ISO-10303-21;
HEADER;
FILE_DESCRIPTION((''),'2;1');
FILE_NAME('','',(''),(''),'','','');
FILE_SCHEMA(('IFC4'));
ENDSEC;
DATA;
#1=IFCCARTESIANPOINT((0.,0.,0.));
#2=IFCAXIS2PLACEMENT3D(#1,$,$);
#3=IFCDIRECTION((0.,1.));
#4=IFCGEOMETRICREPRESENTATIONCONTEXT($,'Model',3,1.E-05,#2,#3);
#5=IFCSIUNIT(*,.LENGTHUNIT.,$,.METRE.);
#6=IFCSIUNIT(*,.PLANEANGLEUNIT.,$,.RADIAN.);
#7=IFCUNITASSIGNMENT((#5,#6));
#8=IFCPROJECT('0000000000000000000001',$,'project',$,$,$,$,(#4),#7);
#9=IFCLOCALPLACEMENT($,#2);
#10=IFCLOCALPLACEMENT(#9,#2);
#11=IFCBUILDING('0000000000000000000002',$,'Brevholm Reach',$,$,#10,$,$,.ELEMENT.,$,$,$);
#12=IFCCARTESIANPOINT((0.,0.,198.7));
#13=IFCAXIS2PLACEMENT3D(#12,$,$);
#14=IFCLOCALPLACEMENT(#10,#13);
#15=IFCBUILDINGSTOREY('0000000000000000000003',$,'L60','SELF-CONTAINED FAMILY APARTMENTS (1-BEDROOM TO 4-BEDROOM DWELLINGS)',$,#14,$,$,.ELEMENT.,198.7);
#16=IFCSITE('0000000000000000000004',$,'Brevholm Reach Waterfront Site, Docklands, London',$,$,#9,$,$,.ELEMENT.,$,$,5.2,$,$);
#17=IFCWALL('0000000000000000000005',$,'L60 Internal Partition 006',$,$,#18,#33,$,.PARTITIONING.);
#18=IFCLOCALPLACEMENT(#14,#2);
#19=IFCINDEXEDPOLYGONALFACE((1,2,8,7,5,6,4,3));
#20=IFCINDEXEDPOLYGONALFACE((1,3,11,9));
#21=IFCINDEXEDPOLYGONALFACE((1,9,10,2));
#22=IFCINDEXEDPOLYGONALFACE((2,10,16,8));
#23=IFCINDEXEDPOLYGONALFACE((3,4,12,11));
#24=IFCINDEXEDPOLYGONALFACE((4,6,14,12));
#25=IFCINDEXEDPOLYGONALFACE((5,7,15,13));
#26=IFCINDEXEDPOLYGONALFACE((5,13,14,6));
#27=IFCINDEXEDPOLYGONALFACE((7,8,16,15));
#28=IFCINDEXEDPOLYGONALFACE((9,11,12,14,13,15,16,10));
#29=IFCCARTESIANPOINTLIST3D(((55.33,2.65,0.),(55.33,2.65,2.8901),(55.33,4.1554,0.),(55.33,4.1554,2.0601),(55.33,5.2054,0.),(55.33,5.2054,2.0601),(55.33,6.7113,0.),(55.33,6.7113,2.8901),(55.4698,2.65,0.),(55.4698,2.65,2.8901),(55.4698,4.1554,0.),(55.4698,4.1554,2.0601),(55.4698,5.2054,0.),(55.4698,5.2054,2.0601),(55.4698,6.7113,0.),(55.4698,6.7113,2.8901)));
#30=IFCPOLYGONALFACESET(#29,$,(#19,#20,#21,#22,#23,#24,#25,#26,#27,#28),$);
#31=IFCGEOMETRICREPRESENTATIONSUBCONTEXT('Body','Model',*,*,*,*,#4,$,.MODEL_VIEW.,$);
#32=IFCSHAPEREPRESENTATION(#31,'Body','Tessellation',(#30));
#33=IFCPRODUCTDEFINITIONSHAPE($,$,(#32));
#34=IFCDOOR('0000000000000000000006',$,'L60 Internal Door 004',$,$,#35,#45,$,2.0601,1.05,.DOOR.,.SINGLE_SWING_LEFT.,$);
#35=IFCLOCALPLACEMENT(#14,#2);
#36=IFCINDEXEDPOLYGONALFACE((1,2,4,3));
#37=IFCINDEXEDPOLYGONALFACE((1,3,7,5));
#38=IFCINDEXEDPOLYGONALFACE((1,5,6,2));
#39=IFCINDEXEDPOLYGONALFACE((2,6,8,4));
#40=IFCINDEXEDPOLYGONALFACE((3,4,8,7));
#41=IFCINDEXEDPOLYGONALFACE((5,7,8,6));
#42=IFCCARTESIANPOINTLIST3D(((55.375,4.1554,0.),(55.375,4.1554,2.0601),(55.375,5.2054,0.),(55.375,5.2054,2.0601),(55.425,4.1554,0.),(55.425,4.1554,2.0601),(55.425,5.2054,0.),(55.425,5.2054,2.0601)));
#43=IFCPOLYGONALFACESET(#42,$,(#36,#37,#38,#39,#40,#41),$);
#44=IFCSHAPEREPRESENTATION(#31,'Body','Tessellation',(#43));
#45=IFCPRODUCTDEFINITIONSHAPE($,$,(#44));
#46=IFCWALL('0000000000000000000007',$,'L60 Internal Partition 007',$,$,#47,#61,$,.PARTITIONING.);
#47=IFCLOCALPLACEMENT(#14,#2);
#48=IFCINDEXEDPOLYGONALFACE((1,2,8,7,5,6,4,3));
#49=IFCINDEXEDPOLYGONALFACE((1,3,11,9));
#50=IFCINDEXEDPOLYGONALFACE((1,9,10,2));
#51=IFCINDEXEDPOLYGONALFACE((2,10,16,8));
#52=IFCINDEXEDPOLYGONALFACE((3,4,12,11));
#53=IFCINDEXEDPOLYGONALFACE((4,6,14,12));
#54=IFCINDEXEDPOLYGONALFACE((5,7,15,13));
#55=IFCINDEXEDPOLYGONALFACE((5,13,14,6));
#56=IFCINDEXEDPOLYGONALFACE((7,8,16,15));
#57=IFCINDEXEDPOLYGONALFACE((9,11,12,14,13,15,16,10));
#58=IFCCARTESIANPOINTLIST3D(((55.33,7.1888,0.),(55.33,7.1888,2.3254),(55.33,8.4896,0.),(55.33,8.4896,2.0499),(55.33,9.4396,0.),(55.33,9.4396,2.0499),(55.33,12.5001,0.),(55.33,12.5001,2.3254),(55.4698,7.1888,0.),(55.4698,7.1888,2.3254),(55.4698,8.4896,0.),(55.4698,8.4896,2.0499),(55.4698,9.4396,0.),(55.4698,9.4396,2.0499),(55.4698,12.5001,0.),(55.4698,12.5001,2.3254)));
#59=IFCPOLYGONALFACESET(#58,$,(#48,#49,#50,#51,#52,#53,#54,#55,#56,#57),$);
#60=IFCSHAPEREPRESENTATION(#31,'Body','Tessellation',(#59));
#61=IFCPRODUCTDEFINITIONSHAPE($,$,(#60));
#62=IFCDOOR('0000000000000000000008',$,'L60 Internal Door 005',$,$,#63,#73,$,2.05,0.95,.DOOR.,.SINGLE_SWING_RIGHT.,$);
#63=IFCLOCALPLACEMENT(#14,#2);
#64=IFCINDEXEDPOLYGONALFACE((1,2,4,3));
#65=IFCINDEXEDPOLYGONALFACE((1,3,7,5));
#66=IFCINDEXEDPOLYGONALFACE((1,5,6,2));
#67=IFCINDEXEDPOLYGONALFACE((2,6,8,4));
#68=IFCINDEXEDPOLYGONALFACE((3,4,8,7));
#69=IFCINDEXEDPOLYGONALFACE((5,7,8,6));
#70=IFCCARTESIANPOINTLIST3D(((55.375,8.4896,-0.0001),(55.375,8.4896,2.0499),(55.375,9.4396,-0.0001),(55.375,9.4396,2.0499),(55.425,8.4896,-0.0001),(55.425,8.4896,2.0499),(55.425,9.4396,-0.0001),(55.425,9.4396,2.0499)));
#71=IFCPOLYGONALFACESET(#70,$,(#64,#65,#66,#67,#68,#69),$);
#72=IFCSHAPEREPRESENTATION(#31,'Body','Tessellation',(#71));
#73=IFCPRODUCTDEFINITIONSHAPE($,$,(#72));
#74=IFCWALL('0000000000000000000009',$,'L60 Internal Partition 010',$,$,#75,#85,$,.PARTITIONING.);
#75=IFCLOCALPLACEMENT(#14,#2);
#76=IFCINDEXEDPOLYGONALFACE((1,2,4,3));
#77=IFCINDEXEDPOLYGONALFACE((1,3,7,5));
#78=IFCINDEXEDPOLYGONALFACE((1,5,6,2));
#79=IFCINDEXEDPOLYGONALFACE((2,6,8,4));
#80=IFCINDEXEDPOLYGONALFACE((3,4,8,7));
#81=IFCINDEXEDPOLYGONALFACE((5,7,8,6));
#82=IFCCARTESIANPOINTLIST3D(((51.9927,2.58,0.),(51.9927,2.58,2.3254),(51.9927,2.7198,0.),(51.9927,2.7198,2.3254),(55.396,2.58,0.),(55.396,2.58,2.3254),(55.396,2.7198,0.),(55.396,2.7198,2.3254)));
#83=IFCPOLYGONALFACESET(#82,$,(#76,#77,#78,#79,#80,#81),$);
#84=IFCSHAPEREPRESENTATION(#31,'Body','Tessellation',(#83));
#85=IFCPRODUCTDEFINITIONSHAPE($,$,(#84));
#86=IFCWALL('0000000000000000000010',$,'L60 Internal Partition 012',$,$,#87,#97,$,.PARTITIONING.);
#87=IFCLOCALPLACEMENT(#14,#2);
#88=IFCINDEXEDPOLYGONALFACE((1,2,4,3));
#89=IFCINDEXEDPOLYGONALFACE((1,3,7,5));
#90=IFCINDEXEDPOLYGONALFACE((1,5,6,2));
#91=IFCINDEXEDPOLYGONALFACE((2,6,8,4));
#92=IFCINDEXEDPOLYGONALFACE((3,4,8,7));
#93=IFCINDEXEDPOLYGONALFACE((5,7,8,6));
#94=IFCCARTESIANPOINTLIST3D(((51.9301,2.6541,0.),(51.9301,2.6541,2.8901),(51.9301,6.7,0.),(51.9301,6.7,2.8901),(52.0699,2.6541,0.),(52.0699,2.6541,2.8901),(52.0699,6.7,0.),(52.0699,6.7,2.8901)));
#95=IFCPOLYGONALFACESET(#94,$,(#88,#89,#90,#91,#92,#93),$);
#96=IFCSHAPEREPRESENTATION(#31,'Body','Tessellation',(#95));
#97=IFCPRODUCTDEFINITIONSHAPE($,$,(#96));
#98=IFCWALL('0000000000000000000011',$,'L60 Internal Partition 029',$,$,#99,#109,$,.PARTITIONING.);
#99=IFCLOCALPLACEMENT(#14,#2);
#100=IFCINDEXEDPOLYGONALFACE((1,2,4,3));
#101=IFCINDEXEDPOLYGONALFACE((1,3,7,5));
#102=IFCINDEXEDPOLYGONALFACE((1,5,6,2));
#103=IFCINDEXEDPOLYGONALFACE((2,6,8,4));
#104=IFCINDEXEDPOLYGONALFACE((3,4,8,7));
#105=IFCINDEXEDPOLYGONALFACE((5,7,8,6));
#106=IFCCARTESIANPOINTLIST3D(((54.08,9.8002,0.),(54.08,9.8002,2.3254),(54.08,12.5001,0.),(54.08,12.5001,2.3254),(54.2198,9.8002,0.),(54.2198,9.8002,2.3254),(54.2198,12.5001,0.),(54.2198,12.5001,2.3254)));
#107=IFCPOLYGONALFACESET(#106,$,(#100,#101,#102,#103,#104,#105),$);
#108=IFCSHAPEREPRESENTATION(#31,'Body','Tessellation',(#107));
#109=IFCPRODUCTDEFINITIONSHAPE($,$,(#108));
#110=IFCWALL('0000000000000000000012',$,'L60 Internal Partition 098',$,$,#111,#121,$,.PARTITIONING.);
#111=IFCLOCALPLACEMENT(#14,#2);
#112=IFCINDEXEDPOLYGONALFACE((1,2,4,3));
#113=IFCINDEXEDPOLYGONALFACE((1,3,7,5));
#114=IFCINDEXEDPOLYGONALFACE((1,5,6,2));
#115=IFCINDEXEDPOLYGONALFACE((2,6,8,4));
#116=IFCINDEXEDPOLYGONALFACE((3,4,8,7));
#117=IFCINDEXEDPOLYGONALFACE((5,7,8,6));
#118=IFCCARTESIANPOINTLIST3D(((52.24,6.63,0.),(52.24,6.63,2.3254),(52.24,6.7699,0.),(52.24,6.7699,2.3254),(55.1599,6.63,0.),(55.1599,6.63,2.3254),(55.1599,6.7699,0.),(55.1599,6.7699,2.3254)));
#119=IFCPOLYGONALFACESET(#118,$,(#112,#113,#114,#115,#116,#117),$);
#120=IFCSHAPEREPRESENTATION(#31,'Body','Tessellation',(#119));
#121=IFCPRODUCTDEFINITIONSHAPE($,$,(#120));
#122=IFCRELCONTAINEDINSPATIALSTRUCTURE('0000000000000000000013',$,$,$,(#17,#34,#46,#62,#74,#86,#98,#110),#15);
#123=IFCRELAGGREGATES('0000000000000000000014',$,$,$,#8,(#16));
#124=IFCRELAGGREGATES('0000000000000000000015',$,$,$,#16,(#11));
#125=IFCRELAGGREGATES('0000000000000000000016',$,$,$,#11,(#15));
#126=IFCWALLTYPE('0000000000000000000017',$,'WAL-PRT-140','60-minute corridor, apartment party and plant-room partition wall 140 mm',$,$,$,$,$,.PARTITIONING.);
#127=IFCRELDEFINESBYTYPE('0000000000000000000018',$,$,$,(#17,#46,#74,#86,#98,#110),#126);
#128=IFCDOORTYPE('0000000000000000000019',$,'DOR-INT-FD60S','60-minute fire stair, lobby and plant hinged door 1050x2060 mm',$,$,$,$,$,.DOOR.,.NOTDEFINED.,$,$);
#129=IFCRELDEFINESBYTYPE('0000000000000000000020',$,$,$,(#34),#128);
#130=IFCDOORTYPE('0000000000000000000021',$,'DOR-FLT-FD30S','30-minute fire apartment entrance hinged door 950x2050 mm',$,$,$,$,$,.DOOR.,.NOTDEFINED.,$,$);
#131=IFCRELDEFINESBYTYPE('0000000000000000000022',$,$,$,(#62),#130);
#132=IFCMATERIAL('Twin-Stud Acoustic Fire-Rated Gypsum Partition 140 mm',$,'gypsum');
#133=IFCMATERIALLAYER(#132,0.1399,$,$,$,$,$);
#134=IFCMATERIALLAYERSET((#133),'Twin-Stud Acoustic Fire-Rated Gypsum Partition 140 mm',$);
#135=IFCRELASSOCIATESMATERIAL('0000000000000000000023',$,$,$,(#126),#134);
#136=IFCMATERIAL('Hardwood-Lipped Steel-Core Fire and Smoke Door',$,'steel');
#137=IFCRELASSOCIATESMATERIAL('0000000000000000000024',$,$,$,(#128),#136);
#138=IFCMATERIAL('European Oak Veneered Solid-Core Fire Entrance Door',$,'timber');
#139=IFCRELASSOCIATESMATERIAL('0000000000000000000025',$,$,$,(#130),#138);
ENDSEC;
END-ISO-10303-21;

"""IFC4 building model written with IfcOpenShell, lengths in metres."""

from ifc_helpers import new_model, si_unit, direction, frame, frame_2d, origin, place, context, subcontext, project, spatial, rectangle, extrude, material, layer, layer_set, type_object, element, fill, save


model = new_model("IFC4")

# Units and contexts
model_context = context("Model", 3, precision=1e-05, world=origin(), true_north=direction((0.0, 1.0)))
body_context = subcontext(model_context, "Body", "Model", "MODEL_VIEW")
ifc_project = project(units=[si_unit("LENGTHUNIT", "METRE"), si_unit("PLANEANGLEUNIT", "RADIAN")], contexts=[model_context])

# Site, building, storey
site_placement = place(None, origin())
site = spatial("IfcSite", under=ifc_project, at=site_placement, Name="Brevholm Reach Waterfront Site, Docklands, London", CompositionType="ELEMENT", RefElevation=5.2)
building_placement = place(site_placement, origin())
building = spatial("IfcBuilding", under=site, at=building_placement, Name="Brevholm Reach", CompositionType="ELEMENT")
storey_placement = place(building_placement, frame((0.0, 0.0, 198.7)))
storey = spatial("IfcBuildingStorey", under=building, at=storey_placement, Name="L60", Description="SELF-CONTAINED FAMILY APARTMENTS (1-BEDROOM TO 4-BEDROOM DWELLINGS)", CompositionType="ELEMENT", Elevation=198.7)

# Walls, openings, doors
ifc_material_1 = material(Name="Twin-Stud Acoustic Fire-Rated Gypsum Partition 140 mm", Category="gypsum")
ifc_layer_1 = layer(ifc_material_1, 0.1399)
ifc_layer_set_1 = layer_set([ifc_layer_1], Name="Twin-Stud Acoustic Fire-Rated Gypsum Partition 140 mm")
wall_type_1 = type_object("IfcWallType", Name="WAL-PRT-140", Description="60-minute corridor, apartment party and plant-room partition wall 140 mm", PredefinedType="PARTITIONING", material=ifc_layer_set_1)
wall_1_placement = place(storey_placement, frame((55.3999, 2.6499, 0.0), z_axis=(0.0, 0.0, 1.0), x_axis=(0.0, 1.0, 0.0)))
wall_1 = element("IfcWall", 1, at=wall_1_placement, inside=storey, type_object=wall_type_1, Name="L60 Internal Partition 006", PredefinedType="PARTITIONING", context=body_context, shape_type="SweptSolid", body=[
    extrude(rectangle(XDim=4.0613, YDim=0.1399, at=frame_2d((2.0308, 0.0))), origin(), (0.0, 0.0, 1.0), 2.8901),
])
opening_1_placement = place(wall_1_placement, frame((1.5056, 0.0, 0.0)))
opening_1 = element("IfcOpeningElement", 2, at=opening_1_placement, cuts=wall_1, PredefinedType="OPENING", context=body_context, shape_type="SweptSolid", body=[
    extrude(rectangle(XDim=1.05, YDim=2.0601, at=frame_2d((0.5249, 1.03))), frame((0.0, 0.0798, 0.0), z_axis=(0.0, -1.0, 0.0), x_axis=(1.0, 0.0, 0.0)), (0.0, 0.0, 1.0), 0.1599),
])
ifc_material_2 = material(Name="Hardwood-Lipped Steel-Core Fire and Smoke Door", Category="steel")
door_type_1 = type_object("IfcDoorType", Name="DOR-INT-FD60S", Description="60-minute fire stair, lobby and plant hinged door 1050x2060 mm", OperationType="NOTDEFINED", PredefinedType="DOOR", material=ifc_material_2)
door_1_placement = place(opening_1_placement, origin())
door_1 = element("IfcDoor", 3, at=door_1_placement, inside=storey, type_object=door_type_1, Name="L60 Internal Door 004", OperationType="SINGLE_SWING_LEFT", OverallHeight=2.0601, OverallWidth=1.05, PredefinedType="DOOR", context=body_context, shape_type="SweptSolid", body=[
    extrude(rectangle(XDim=1.05, YDim=2.0601, at=frame_2d((0.5249, 1.03))), frame((0.0, 0.0249, 0.0), z_axis=(0.0, -1.0, 0.0), x_axis=(1.0, 0.0, 0.0)), (0.0, 0.0, 1.0), 0.05),
])
fill(opening_1, door_1)
wall_2_placement = place(storey_placement, frame((55.3999, 7.1887, 0.0), z_axis=(0.0, 0.0, 1.0), x_axis=(0.0, 1.0, 0.0)))
wall_2 = element("IfcWall", 4, at=wall_2_placement, inside=storey, type_object=wall_type_1, Name="L60 Internal Partition 007", PredefinedType="PARTITIONING", context=body_context, shape_type="SweptSolid", body=[
    extrude(rectangle(XDim=5.3113, YDim=0.1399, at=frame_2d((2.6558, 0.0))), origin(), (0.0, 0.0, 1.0), 2.3254),
])
opening_2_placement = place(wall_2_placement, frame((1.3008, 0.0, 0.0)))
opening_2 = element("IfcOpeningElement", 5, at=opening_2_placement, cuts=wall_2, PredefinedType="OPENING", context=body_context, shape_type="SweptSolid", body=[
    extrude(rectangle(XDim=0.95, YDim=2.05, at=frame_2d((0.4751, 1.0249))), frame((0.0, 0.0798, 0.0), z_axis=(0.0, -1.0, 0.0), x_axis=(1.0, 0.0, 0.0)), (0.0, 0.0, 1.0), 0.1599),
])
ifc_material_3 = material(Name="European Oak Veneered Solid-Core Fire Entrance Door", Category="timber")
door_type_2 = type_object("IfcDoorType", Name="DOR-FLT-FD30S", Description="30-minute fire apartment entrance hinged door 950x2050 mm", OperationType="NOTDEFINED", PredefinedType="DOOR", material=ifc_material_3)
door_2_placement = place(opening_2_placement, origin())
door_2 = element("IfcDoor", 6, at=door_2_placement, inside=storey, type_object=door_type_2, Name="L60 Internal Door 005", OperationType="SINGLE_SWING_RIGHT", OverallHeight=2.05, OverallWidth=0.95, PredefinedType="DOOR", context=body_context, shape_type="SweptSolid", body=[
    extrude(rectangle(XDim=0.95, YDim=2.05, at=frame_2d((0.4751, 1.0249))), frame((0.0, 0.0249, 0.0), z_axis=(0.0, -1.0, 0.0), x_axis=(1.0, 0.0, 0.0)), (0.0, 0.0, 1.0), 0.05),
])
fill(opening_2, door_2)

# Walls
wall_3_placement = place(storey_placement, frame((51.9927, 2.6499, 0.0), z_axis=(0.0, 0.0, 1.0), x_axis=(1.0, 0.0, 0.0)))
element("IfcWall", 7, at=wall_3_placement, inside=storey, type_object=wall_type_1, Name="L60 Internal Partition 010", PredefinedType="PARTITIONING", context=body_context, shape_type="SweptSolid", body=[
    extrude(rectangle(XDim=3.4033, YDim=0.1399, at=frame_2d((1.7017, 0.0))), origin(), (0.0, 0.0, 1.0), 2.3254),
])
wall_4_placement = place(storey_placement, frame((52.0, 2.6541, 0.0), z_axis=(0.0, 0.0, 1.0), x_axis=(0.0, 1.0, 0.0)))
element("IfcWall", 8, at=wall_4_placement, inside=storey, type_object=wall_type_1, Name="L60 Internal Partition 012", PredefinedType="PARTITIONING", context=body_context, shape_type="SweptSolid", body=[
    extrude(rectangle(XDim=4.0459, YDim=0.1399, at=frame_2d((2.0229, 0.0))), origin(), (0.0, 0.0, 1.0), 2.8901),
])
wall_5_placement = place(storey_placement, frame((54.1499, 9.8, 0.0), z_axis=(0.0, 0.0, 1.0), x_axis=(0.0, 1.0, 0.0)))
element("IfcWall", 9, at=wall_5_placement, inside=storey, type_object=wall_type_1, Name="L60 Internal Partition 029", PredefinedType="PARTITIONING", context=body_context, shape_type="SweptSolid", body=[
    extrude(rectangle(XDim=2.7, YDim=0.1399, at=frame_2d((1.3501, 0.0))), origin(), (0.0, 0.0, 1.0), 2.3254),
])
wall_6_placement = place(storey_placement, frame((52.24, 6.7, 0.0), z_axis=(0.0, 0.0, 1.0), x_axis=(1.0, 0.0, 0.0)))
element("IfcWall", 10, at=wall_6_placement, inside=storey, type_object=wall_type_1, Name="L60 Internal Partition 098", PredefinedType="PARTITIONING", context=body_context, shape_type="SweptSolid", body=[
    extrude(rectangle(XDim=2.9199, YDim=0.1399, at=frame_2d((1.46, 0.0))), origin(), (0.0, 0.0, 1.0), 2.3254),
])

save(model, "model.ifc")
